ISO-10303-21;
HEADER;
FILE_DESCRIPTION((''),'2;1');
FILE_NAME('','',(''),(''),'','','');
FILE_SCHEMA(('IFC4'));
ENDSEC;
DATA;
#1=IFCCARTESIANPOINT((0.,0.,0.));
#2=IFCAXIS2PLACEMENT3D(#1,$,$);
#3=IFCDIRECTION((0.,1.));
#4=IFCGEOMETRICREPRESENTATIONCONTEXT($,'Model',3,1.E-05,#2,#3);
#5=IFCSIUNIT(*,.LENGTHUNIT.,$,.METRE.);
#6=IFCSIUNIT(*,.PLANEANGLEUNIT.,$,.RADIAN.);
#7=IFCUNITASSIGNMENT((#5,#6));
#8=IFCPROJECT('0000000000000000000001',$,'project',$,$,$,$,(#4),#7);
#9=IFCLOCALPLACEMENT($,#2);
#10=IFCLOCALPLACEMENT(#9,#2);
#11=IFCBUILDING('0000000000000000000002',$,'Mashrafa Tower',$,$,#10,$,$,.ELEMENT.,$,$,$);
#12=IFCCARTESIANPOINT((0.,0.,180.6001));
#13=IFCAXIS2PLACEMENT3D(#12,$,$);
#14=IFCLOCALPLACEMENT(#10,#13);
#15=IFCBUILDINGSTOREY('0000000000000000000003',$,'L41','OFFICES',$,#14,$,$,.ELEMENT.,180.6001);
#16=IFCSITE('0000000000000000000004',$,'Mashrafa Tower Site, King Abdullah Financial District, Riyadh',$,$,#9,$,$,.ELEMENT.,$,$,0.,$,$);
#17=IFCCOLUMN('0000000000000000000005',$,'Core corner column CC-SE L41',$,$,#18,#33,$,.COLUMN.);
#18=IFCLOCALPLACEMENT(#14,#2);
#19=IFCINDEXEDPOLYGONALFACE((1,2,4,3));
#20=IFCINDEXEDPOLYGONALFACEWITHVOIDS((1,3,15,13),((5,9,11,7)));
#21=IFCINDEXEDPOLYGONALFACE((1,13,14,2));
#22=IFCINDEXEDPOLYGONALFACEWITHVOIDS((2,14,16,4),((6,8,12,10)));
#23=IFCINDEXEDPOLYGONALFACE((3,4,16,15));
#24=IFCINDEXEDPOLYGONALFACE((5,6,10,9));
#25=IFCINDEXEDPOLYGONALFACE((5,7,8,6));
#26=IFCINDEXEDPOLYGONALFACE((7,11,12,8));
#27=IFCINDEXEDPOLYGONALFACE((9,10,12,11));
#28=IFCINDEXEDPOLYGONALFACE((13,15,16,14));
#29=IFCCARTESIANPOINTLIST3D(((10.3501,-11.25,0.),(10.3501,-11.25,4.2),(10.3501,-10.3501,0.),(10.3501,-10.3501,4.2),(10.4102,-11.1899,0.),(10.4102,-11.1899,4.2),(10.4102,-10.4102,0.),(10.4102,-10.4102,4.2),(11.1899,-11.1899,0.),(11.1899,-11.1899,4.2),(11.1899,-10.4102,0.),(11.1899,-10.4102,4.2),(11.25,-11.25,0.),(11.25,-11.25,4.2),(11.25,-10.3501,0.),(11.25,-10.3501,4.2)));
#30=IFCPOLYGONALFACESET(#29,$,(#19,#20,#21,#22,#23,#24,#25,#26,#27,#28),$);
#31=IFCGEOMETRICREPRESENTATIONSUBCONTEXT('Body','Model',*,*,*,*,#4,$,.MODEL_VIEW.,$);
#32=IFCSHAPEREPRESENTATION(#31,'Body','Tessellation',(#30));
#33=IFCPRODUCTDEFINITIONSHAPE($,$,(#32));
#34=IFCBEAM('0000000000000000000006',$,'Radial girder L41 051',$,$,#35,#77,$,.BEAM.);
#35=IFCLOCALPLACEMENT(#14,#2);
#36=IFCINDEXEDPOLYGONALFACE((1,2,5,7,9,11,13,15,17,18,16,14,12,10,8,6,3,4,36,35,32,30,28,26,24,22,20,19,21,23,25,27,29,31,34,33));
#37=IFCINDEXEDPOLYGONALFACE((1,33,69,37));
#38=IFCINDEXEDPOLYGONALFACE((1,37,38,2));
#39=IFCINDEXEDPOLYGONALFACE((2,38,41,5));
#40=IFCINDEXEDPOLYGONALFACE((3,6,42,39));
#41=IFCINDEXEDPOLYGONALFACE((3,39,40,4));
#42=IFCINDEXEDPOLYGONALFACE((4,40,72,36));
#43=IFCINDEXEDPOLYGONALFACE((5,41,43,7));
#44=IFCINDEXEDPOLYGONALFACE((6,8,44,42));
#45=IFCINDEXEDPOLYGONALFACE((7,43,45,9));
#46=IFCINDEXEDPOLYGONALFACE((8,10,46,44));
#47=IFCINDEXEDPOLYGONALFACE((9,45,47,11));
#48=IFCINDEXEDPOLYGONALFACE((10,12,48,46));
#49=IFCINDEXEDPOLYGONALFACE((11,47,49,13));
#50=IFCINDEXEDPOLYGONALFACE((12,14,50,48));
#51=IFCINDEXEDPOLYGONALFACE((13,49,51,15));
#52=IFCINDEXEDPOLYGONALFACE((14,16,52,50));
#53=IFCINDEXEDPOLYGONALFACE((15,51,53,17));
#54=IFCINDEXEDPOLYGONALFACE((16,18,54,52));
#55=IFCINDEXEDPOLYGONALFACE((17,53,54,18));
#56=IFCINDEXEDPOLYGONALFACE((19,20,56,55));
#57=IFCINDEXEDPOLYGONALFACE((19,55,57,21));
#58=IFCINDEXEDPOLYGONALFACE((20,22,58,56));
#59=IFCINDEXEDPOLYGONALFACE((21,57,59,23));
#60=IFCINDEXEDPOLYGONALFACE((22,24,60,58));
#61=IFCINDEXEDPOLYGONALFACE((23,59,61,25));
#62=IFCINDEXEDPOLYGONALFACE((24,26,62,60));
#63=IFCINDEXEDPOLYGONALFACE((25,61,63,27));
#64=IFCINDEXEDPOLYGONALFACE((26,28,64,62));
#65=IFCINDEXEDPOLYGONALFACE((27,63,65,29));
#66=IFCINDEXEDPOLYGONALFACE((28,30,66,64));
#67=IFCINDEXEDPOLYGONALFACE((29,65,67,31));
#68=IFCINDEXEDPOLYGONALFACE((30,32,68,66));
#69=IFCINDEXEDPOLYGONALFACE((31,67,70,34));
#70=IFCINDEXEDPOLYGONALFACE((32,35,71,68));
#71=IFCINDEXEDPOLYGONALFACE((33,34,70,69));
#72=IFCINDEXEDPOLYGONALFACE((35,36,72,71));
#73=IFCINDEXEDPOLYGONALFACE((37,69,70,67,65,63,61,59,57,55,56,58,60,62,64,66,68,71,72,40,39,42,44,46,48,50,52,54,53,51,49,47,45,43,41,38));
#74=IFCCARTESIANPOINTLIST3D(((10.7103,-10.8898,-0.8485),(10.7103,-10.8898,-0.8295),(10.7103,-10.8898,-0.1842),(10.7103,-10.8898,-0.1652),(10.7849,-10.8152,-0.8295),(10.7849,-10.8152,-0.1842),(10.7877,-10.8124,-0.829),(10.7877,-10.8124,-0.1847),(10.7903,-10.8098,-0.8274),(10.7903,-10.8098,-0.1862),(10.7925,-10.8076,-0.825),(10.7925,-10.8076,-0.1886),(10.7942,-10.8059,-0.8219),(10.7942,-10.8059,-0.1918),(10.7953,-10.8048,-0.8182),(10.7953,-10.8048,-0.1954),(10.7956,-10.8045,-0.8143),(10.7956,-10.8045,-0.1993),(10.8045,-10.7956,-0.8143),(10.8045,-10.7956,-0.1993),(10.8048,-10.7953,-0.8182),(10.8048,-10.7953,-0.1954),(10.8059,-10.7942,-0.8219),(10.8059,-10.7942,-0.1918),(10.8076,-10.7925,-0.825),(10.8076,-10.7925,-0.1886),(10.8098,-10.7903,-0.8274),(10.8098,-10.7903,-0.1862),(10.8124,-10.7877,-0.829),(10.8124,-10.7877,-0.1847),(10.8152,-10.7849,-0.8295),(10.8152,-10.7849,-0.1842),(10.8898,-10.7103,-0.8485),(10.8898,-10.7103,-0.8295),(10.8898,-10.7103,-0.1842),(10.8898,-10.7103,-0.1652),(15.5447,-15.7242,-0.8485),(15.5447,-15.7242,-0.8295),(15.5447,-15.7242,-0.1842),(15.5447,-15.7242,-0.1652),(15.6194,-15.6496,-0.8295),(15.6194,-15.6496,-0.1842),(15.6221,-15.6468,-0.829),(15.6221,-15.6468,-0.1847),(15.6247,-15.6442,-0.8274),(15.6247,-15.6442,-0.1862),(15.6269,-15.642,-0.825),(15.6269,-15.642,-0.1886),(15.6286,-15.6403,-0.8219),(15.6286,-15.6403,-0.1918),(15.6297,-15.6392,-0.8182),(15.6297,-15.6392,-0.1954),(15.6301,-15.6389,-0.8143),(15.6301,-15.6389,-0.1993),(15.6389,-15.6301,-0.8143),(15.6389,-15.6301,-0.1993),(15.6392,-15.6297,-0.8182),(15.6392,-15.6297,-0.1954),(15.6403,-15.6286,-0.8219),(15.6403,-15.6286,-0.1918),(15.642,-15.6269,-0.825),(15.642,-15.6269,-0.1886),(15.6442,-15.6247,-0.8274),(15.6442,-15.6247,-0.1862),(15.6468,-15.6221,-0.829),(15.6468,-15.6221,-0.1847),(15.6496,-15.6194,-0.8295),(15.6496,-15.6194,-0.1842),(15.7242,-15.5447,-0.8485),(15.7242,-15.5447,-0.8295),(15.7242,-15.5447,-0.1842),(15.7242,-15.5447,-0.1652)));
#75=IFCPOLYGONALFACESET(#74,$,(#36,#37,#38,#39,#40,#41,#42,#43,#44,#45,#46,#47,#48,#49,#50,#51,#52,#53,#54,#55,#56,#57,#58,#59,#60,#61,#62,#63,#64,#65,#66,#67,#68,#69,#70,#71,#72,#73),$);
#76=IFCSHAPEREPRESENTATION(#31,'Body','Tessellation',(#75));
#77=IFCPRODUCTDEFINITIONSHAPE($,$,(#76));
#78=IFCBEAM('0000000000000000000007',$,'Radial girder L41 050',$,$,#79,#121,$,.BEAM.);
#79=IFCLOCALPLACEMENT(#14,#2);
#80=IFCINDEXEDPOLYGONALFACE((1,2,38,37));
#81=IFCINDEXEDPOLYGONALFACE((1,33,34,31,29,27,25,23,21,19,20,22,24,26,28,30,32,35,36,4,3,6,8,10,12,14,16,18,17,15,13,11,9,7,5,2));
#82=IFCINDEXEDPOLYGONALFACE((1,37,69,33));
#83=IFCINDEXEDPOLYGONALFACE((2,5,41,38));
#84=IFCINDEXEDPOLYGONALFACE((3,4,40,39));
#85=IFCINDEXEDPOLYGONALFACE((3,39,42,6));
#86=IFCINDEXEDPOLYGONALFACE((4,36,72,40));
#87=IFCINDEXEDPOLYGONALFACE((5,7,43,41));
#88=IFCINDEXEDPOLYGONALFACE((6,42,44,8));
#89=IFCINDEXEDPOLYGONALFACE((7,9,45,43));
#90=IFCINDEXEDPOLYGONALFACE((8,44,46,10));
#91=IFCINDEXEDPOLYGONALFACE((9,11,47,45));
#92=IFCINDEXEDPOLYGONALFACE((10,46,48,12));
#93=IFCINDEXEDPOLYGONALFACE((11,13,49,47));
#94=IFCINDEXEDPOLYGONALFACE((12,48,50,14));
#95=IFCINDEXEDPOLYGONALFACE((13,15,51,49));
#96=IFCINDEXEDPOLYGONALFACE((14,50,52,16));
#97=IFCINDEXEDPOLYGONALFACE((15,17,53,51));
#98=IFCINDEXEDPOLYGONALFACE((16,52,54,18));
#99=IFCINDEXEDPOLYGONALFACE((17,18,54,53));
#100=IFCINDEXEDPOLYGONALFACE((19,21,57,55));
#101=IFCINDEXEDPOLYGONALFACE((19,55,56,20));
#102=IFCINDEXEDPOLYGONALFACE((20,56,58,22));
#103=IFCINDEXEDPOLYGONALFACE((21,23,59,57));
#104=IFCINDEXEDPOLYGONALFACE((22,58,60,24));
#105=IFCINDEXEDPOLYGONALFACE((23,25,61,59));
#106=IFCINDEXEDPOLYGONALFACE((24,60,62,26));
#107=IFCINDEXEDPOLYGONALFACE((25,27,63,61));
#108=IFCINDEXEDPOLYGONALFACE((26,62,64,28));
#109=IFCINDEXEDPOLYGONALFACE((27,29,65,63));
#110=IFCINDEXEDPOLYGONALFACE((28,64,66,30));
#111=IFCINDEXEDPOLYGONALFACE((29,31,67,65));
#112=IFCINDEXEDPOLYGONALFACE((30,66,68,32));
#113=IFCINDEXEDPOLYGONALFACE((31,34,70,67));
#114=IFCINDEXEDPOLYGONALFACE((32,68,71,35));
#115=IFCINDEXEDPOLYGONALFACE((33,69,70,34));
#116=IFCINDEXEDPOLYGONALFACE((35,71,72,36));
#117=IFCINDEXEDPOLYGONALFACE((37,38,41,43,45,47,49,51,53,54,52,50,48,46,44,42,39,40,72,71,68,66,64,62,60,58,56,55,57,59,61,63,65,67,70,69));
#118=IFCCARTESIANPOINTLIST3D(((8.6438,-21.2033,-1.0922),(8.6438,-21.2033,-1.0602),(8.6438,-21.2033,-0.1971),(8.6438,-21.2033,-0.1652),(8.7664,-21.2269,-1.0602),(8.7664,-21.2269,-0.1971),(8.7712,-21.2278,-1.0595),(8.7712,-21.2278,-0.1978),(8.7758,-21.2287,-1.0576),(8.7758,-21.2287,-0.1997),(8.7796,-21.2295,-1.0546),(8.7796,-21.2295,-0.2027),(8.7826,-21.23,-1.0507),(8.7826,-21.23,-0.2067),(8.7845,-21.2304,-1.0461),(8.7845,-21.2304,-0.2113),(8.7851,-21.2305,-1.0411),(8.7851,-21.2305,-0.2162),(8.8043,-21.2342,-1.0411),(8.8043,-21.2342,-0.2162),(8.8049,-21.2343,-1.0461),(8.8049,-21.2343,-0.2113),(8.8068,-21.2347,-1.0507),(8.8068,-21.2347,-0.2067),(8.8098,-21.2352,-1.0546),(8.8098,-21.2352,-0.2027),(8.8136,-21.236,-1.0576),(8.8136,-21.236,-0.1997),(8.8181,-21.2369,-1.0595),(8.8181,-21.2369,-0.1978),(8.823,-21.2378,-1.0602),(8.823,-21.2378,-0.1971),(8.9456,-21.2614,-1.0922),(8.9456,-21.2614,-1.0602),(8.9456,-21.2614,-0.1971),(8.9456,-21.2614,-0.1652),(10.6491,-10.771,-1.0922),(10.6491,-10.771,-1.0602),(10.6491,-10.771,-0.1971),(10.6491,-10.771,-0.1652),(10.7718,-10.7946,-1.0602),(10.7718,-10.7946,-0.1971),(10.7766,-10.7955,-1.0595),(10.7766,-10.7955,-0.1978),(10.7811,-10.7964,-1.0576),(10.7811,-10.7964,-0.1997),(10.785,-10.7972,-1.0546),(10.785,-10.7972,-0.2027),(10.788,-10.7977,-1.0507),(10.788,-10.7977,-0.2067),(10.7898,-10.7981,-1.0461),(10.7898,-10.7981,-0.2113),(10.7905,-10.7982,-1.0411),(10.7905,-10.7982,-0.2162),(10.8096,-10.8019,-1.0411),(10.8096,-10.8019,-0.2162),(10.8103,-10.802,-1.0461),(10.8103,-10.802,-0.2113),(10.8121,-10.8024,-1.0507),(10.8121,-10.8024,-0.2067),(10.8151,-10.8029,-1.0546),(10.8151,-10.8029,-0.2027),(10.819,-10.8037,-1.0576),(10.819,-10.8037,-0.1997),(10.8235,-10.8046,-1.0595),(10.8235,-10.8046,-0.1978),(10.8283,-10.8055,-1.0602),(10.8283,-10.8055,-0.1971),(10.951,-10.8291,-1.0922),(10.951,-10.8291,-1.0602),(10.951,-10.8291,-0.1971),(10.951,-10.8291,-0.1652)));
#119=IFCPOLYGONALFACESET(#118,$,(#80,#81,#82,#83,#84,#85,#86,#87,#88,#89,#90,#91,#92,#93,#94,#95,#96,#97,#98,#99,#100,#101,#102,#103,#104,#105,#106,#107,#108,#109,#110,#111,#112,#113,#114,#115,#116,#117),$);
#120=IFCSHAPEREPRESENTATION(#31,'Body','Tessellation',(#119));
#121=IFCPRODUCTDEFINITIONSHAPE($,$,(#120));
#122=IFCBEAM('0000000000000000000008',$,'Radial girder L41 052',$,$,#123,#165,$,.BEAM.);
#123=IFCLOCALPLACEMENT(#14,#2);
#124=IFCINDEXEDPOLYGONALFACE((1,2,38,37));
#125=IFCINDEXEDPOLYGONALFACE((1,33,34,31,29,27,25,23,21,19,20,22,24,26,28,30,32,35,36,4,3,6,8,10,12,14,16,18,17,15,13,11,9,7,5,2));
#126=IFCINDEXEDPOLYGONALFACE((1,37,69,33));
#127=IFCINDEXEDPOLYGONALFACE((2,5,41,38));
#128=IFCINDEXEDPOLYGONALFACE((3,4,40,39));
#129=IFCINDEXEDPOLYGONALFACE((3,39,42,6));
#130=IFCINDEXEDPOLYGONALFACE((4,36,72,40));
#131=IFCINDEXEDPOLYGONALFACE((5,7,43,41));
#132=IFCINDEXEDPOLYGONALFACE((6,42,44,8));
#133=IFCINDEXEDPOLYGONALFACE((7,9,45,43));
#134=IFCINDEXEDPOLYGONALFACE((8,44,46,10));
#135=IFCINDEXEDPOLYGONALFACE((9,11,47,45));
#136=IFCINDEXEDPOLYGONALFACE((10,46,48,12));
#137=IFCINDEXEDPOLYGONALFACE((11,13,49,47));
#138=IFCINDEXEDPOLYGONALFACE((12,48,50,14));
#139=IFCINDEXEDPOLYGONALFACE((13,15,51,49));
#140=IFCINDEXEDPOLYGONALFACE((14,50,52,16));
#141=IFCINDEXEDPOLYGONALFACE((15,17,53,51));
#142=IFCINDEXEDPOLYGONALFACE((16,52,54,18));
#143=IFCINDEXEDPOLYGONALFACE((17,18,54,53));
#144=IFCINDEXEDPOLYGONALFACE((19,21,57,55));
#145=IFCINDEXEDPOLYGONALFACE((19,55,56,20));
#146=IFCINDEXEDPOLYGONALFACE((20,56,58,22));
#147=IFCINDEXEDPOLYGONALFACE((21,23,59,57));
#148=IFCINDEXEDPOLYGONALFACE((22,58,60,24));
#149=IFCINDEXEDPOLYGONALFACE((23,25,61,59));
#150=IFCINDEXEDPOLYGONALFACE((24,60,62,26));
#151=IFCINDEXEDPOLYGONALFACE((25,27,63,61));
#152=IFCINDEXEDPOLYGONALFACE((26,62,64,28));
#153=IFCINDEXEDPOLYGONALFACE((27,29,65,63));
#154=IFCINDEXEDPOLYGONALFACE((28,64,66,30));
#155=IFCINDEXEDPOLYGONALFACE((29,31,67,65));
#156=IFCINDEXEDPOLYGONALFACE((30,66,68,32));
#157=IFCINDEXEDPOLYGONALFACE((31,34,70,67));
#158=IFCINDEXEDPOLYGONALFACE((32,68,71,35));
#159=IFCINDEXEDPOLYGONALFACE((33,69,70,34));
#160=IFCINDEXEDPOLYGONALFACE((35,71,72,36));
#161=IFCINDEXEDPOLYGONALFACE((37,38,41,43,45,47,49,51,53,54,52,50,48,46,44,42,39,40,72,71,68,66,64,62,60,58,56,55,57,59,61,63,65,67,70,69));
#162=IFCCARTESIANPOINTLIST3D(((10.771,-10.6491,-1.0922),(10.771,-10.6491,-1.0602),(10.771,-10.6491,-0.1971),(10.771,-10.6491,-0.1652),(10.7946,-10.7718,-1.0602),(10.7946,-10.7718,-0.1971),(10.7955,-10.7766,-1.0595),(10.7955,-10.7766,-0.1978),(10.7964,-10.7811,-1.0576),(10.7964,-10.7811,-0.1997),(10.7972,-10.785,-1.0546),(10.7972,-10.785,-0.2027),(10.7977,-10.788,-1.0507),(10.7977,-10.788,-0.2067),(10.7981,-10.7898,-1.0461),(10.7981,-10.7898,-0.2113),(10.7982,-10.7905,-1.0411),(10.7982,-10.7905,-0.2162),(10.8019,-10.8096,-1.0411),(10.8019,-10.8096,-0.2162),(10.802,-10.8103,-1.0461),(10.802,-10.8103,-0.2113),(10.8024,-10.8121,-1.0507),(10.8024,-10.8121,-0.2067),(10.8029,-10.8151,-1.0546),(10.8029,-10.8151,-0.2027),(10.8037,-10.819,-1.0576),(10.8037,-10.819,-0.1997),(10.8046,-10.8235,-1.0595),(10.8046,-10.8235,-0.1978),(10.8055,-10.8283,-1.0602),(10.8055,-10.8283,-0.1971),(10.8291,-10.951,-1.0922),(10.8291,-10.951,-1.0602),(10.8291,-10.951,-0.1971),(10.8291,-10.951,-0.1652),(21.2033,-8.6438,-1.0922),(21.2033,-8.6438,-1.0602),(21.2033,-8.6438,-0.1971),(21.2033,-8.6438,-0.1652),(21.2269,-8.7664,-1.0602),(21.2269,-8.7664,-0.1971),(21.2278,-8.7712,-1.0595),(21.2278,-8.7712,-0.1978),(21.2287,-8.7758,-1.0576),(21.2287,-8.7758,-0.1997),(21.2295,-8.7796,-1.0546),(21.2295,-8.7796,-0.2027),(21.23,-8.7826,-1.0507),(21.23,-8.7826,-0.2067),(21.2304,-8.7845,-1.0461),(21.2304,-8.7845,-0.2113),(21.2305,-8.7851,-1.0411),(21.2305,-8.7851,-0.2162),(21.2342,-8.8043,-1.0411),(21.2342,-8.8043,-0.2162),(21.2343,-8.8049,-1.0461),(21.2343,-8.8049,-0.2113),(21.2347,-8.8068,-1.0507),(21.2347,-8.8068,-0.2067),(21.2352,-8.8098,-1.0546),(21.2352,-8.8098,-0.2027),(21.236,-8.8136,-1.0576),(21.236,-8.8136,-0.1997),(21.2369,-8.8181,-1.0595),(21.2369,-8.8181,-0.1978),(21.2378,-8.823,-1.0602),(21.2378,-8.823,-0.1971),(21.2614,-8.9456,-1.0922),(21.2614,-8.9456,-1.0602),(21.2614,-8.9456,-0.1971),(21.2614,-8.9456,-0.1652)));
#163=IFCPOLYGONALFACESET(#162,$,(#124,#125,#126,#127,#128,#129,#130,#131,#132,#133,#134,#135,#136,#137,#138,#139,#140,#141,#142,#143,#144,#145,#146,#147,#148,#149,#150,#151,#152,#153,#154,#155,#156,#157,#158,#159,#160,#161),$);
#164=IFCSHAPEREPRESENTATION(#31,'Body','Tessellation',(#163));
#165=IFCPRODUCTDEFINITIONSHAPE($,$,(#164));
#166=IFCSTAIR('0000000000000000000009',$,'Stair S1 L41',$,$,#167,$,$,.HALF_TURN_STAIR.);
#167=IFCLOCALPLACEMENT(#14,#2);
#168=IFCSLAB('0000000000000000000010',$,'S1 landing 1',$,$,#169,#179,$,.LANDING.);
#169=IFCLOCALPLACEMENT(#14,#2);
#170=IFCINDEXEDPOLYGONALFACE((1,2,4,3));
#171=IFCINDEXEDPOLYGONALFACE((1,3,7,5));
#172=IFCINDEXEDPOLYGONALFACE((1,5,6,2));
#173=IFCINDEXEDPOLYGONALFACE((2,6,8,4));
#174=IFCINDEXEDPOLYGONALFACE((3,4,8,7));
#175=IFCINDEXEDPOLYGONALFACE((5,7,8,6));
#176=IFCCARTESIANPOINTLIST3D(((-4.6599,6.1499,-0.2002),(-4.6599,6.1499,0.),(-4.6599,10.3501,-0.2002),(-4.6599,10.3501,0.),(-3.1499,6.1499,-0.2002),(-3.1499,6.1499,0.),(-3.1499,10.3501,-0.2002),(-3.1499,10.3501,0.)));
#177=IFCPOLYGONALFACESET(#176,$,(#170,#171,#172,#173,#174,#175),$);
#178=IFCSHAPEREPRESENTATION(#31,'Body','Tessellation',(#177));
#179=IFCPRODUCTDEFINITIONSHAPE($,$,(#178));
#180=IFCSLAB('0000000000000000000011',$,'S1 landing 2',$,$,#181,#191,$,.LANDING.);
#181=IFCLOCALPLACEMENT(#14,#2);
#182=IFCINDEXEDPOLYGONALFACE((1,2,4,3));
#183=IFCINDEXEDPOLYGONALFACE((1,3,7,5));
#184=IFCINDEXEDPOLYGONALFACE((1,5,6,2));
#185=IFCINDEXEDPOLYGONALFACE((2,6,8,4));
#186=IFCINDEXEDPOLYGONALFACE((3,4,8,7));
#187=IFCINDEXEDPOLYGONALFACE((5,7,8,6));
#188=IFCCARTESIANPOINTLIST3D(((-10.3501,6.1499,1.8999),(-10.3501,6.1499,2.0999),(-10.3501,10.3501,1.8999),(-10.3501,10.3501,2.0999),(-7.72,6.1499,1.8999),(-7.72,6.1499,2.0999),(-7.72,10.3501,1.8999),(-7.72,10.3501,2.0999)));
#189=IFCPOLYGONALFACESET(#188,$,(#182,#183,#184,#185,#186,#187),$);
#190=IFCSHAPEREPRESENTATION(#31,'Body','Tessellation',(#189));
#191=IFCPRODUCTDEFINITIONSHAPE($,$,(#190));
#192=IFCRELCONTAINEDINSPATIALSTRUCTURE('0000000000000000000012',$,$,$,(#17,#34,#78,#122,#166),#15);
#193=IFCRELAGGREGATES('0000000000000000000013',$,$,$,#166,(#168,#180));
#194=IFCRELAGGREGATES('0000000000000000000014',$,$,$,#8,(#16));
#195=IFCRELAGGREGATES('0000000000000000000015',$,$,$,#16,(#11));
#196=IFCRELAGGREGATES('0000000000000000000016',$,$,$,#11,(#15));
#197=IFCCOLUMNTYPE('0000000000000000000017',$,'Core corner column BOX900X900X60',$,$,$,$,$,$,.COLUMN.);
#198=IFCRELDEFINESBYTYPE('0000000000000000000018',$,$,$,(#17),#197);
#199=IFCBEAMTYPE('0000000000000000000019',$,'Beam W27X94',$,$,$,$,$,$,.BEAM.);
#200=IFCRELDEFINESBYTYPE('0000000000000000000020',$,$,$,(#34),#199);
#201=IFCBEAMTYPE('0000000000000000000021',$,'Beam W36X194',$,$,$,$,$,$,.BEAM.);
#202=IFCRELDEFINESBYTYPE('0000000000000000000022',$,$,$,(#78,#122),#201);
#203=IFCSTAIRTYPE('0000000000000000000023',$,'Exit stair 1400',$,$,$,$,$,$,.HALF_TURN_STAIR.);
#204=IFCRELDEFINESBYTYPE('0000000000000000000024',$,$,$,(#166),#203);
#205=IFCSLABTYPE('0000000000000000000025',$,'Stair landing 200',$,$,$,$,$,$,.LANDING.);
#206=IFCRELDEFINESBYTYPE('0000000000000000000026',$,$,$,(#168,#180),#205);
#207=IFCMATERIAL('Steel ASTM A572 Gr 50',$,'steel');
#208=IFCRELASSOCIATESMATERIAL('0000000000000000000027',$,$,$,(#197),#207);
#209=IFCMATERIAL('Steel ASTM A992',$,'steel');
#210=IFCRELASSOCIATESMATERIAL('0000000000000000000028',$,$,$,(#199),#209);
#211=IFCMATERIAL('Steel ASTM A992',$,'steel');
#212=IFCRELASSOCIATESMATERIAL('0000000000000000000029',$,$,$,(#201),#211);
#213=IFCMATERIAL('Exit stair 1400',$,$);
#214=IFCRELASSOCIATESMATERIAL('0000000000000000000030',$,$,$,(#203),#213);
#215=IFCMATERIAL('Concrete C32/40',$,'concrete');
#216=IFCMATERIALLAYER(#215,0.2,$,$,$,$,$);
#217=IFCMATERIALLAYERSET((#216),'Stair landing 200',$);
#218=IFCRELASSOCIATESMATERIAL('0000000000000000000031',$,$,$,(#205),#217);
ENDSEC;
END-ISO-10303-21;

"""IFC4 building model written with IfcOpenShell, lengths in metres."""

from ifc_helpers import new_model, si_unit, direction, frame, origin, origin_2d, place, context, subcontext, project, spatial, polyline, hollow_rectangle, i_section, outline, extrude, material, layer, layer_set, material_profile, profile_set, type_object, element, aggregate, save


model = new_model("IFC4")

# Units and contexts
model_context = context("Model", 3, precision=1e-05, world=origin(), true_north=direction((0.0, 1.0)))
body_context = subcontext(model_context, "Body", "Model", "MODEL_VIEW")
ifc_project = project(units=[si_unit("LENGTHUNIT", "METRE"), si_unit("PLANEANGLEUNIT", "RADIAN")], contexts=[model_context])

# Site, building, storey
site_placement = place(None, origin())
site = spatial("IfcSite", under=ifc_project, at=site_placement, Name="Mashrafa Tower Site, King Abdullah Financial District, Riyadh", CompositionType="ELEMENT", RefElevation=0.0)
building_placement = place(site_placement, origin())
building = spatial("IfcBuilding", under=site, at=building_placement, Name="Mashrafa Tower", CompositionType="ELEMENT")
storey_placement = place(building_placement, frame((0.0, 0.0, 180.6001)))
storey = spatial("IfcBuildingStorey", under=building, at=storey_placement, Name="L41", Description="OFFICES", CompositionType="ELEMENT", Elevation=180.6001)

# Column
ifc_material_1 = material(Name="Steel ASTM A572 Gr 50", Category="steel")
ifc_material_profile_1 = material_profile(ifc_material_1, hollow_rectangle(XDim=0.8999, YDim=0.8999, WallThickness=0.0601, at=origin_2d()), Name="BOX900X900X60")
ifc_profile_set_1 = profile_set([ifc_material_profile_1], Name="Steel ASTM A572 Gr 50")
column_type = type_object("IfcColumnType", Name="Core corner column BOX900X900X60", PredefinedType="COLUMN", material=ifc_profile_set_1)
column_placement = place(storey_placement, frame((10.8, -10.8, 0.0), z_axis=(0.0, 0.0, 1.0), x_axis=(1.0, 0.0, 0.0)))
element("IfcColumn", 1, at=column_placement, inside=storey, type_object=column_type, Name="Core corner column CC-SE L41", PredefinedType="COLUMN", context=body_context, shape_type="SweptSolid", body=[
    extrude(hollow_rectangle(XDim=0.8999, YDim=0.8999, WallThickness=0.0601, at=origin_2d()), origin(), (0.0, 0.0, 1.0), 4.2),
])

# Beams
ifc_material_2 = material(Name="Steel ASTM A992", Category="steel")
ifc_material_profile_2 = material_profile(ifc_material_2, i_section(OverallWidth=0.2539, OverallDepth=0.6833, WebThickness=0.0125, FlangeThickness=0.019, FilletRadius=0.0151, at=origin_2d()), Name="W27X94")
ifc_profile_set_2 = profile_set([ifc_material_profile_2], Name="Steel ASTM A992")
beam_type_1 = type_object("IfcBeamType", Name="Beam W27X94", PredefinedType="BEAM", material=ifc_profile_set_2)
beam_placement = place(storey_placement, frame((10.8, -10.8, -0.5068), z_axis=(0.707107, -0.707107, 0.0), x_axis=(0.707107, 0.707107, 0.0)))
element("IfcBeam", 2, at=beam_placement, inside=storey, type_object=beam_type_1, Name="Radial girder L41 051", PredefinedType="BEAM", context=body_context, shape_type="SweptSolid", body=[
    extrude(i_section(OverallWidth=0.2539, OverallDepth=0.6833, WebThickness=0.0125, FlangeThickness=0.019, FilletRadius=0.0151, at=origin_2d()), origin(), (0.0, 0.0, 1.0), 6.8369),
])
ifc_material_3 = material(Name="Steel ASTM A992", Category="steel")
ifc_material_profile_3 = material_profile(ifc_material_3, i_section(OverallWidth=0.3074, OverallDepth=0.927, WebThickness=0.0195, FlangeThickness=0.032, FilletRadius=0.019, at=origin_2d()), Name="W36X194")
ifc_profile_set_3 = profile_set([ifc_material_profile_3], Name="Steel ASTM A992")
beam_type_2 = type_object("IfcBeamType", Name="Beam W36X194", PredefinedType="BEAM", material=ifc_profile_set_3)
for number, where, z_axis, x_axis, name in (
    (3, (10.8, -10.8, -0.6287), (-0.18877, -0.982021, 0.0), (0.982021, -0.18877, 0.0), "Radial girder L41 050"),
    (4, (10.8, -10.8, -0.6287), (0.982021, 0.18877, 0.0), (-0.18877, 0.982021, 0.0), "Radial girder L41 052"),
):
    element("IfcBeam", number, at=place(storey_placement, frame(where, z_axis=z_axis, x_axis=x_axis)), inside=storey, type_object=beam_type_2, Name=name, PredefinedType="BEAM", context=body_context, shape_type="SweptSolid", body=[
        extrude(i_section(OverallWidth=0.3074, OverallDepth=0.927, WebThickness=0.0195, FlangeThickness=0.032, FilletRadius=0.019, at=origin_2d()), origin(), (0.0, 0.0, 1.0), 10.6233),
    ])

# Stair, slabs
ifc_material_4 = material(Name="Exit stair 1400")
stair_type = type_object("IfcStairType", Name="Exit stair 1400", PredefinedType="HALF_TURN_STAIR", material=ifc_material_4)
stair_1_placement = place(storey_placement, origin())
stair_1 = element("IfcStair", 5, at=stair_1_placement, inside=storey, type_object=stair_type, Name="Stair S1 L41", PredefinedType="HALF_TURN_STAIR")
ifc_material_5 = material(Name="Concrete C32/40", Category="concrete")
ifc_layer_1 = layer(ifc_material_5, 0.2)
ifc_layer_set_1 = layer_set([ifc_layer_1], Name="Stair landing 200")
slab_type = type_object("IfcSlabType", Name="Stair landing 200", PredefinedType="LANDING", material=ifc_layer_set_1)
slab_1_placement = place(storey_placement, frame((0.0, 0.0, -0.2002)))
slab_1 = element("IfcSlab", 6, at=slab_1_placement, type_object=slab_type, Name="S1 landing 1", PredefinedType="LANDING", context=body_context, shape_type="SweptSolid", body=[
    extrude(outline(polyline([(-4.6599, 6.1499), (-3.1499, 6.1499), (-3.1499, 10.3501), (-4.6599, 10.3501), (-4.6599, 6.1499)])), origin(), (0.0, 0.0, 1.0), 0.2002),
])
slab_2_placement = place(storey_placement, frame((0.0, 0.0, 1.8999)))
slab_2 = element("IfcSlab", 7, at=slab_2_placement, type_object=slab_type, Name="S1 landing 2", PredefinedType="LANDING", context=body_context, shape_type="SweptSolid", body=[
    extrude(outline(polyline([(-10.3501, 6.1499), (-7.72, 6.1499), (-7.72, 10.3501), (-10.3501, 10.3501), (-10.3501, 6.1499)])), origin(), (0.0, 0.0, 1.0), 0.2),
])
aggregate(stair_1, [slab_1, slab_2])

save(model, "model.ifc")
